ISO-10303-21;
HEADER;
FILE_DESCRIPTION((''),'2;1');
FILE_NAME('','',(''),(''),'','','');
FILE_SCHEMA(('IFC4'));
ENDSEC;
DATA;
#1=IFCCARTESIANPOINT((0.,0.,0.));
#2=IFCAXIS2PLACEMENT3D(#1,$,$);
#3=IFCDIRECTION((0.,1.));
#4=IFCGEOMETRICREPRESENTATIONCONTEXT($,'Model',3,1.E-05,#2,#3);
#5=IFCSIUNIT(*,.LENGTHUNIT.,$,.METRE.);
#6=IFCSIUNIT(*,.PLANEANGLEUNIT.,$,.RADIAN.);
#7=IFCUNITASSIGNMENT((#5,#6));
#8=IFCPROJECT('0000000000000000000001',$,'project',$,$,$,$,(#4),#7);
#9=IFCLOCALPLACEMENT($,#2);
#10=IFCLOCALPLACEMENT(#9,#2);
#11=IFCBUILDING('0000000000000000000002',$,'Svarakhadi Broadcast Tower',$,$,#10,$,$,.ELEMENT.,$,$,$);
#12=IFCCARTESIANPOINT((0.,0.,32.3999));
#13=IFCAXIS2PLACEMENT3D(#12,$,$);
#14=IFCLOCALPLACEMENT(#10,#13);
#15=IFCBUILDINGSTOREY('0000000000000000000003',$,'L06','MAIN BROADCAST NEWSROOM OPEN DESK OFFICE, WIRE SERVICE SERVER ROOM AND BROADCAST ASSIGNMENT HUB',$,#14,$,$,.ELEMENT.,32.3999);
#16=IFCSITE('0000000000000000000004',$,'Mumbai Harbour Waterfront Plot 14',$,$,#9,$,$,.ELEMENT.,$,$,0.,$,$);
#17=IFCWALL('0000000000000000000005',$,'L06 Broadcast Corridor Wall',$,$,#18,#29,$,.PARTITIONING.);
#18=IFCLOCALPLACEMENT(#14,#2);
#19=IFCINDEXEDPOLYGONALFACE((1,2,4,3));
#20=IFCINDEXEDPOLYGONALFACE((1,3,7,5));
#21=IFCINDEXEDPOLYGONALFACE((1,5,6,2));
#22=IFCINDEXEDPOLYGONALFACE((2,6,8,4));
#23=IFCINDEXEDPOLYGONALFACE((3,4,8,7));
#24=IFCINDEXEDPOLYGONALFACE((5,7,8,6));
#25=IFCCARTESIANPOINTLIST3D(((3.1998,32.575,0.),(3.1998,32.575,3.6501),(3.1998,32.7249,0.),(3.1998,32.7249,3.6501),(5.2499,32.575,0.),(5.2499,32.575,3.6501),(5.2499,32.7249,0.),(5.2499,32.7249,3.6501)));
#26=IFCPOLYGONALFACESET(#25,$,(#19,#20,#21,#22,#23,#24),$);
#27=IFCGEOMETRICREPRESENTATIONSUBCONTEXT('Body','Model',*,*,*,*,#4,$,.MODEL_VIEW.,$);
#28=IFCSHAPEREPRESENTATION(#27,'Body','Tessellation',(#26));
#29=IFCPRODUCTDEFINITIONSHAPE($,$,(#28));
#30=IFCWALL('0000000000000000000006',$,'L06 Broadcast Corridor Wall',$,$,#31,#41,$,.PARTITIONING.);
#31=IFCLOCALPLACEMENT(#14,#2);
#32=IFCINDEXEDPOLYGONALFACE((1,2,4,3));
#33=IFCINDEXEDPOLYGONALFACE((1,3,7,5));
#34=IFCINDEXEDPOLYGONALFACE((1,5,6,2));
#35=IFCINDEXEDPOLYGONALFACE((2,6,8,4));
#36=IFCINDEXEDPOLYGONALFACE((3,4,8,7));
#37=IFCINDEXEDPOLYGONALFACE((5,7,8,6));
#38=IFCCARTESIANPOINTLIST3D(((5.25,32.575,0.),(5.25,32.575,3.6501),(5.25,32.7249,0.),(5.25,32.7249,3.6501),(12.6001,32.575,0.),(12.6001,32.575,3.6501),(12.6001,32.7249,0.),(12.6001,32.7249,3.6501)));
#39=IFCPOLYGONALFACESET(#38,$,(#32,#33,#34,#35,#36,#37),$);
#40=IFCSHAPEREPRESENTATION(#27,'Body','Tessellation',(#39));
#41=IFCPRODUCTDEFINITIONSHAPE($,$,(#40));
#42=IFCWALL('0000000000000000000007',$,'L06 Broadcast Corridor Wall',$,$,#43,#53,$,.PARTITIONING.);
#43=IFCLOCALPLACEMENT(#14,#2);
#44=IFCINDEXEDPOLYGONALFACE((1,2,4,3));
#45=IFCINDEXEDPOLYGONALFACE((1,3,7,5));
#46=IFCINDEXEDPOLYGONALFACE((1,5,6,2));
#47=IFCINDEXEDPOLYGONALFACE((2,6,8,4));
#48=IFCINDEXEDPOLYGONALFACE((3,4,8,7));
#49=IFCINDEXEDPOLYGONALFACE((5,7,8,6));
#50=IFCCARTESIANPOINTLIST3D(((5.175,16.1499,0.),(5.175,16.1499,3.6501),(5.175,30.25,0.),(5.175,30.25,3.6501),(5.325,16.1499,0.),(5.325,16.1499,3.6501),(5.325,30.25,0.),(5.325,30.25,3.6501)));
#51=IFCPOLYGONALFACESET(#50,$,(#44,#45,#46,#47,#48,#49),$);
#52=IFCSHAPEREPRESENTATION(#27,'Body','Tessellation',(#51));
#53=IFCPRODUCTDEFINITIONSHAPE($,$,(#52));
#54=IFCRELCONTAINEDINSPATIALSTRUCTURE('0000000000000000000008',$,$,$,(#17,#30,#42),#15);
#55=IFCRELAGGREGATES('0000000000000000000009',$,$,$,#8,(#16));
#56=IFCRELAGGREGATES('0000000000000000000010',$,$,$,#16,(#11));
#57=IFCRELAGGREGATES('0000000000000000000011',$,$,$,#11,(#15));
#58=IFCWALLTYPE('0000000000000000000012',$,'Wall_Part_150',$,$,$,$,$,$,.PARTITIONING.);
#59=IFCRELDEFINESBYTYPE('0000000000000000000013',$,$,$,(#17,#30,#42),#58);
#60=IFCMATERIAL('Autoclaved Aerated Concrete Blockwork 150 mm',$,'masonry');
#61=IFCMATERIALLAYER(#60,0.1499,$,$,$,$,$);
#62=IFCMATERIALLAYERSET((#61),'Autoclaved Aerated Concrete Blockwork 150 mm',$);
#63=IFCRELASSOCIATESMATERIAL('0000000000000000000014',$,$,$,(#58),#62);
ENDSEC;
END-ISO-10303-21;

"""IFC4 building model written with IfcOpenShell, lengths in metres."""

from ifc_helpers import new_model, si_unit, direction, frame, frame_2d, origin, place, context, subcontext, project, spatial, rectangle, extrude, material, layer, layer_set, type_object, element, save


model = new_model("IFC4")

# Units and contexts
model_context = context("Model", 3, precision=1e-05, world=origin(), true_north=direction((0.0, 1.0)))
body_context = subcontext(model_context, "Body", "Model", "MODEL_VIEW")
ifc_project = project(units=[si_unit("LENGTHUNIT", "METRE"), si_unit("PLANEANGLEUNIT", "RADIAN")], contexts=[model_context])

# Site, building, storey
site_placement = place(None, origin())
site = spatial("IfcSite", under=ifc_project, at=site_placement, Name="Mumbai Harbour Waterfront Plot 14", CompositionType="ELEMENT", RefElevation=0.0)
building_placement = place(site_placement, origin())
building = spatial("IfcBuilding", under=site, at=building_placement, Name="Svarakhadi Broadcast Tower", CompositionType="ELEMENT")
storey_placement = place(building_placement, frame((0.0, 0.0, 32.3999)))
storey = spatial("IfcBuildingStorey", under=building, at=storey_placement, Name="L06", Description="MAIN BROADCAST NEWSROOM OPEN DESK OFFICE, WIRE SERVICE SERVER ROOM AND BROADCAST ASSIGNMENT HUB", CompositionType="ELEMENT", Elevation=32.3999)

# Walls
ifc_material_1 = material(Name="Autoclaved Aerated Concrete Blockwork 150 mm", Category="masonry")
ifc_layer_1 = layer(ifc_material_1, 0.1499)
ifc_layer_set_1 = layer_set([ifc_layer_1], Name="Autoclaved Aerated Concrete Blockwork 150 mm")
wall_type_1 = type_object("IfcWallType", Name="Wall_Part_150", PredefinedType="PARTITIONING", material=ifc_layer_set_1)
wall_1_placement = place(storey_placement, frame((3.2, 32.6499, 0.0), z_axis=(0.0, 0.0, 1.0), x_axis=(1.0, 0.0, 0.0)))
element("IfcWall", 1, at=wall_1_placement, inside=storey, type_object=wall_type_1, Name="L06 Broadcast Corridor Wall", PredefinedType="PARTITIONING", context=body_context, shape_type="SweptSolid", body=[
    extrude(rectangle(XDim=2.05, YDim=0.1499, at=frame_2d((1.0249, 0.0))), origin(), (0.0, 0.0, 1.0), 3.6501),
])
wall_2_placement = place(storey_placement, frame((5.25, 32.6499, 0.0), z_axis=(0.0, 0.0, 1.0), x_axis=(1.0, 0.0, 0.0)))
element("IfcWall", 2, at=wall_2_placement, inside=storey, type_object=wall_type_1, Name="L06 Broadcast Corridor Wall", PredefinedType="PARTITIONING", context=body_context, shape_type="SweptSolid", body=[
    extrude(rectangle(XDim=7.3501, YDim=0.1499, at=frame_2d((3.675, 0.0))), origin(), (0.0, 0.0, 1.0), 3.6501),
])
wall_3_placement = place(storey_placement, frame((5.25, 30.25, 0.0), z_axis=(0.0, 0.0, 1.0), x_axis=(0.0, -1.0, 0.0)))
element("IfcWall", 3, at=wall_3_placement, inside=storey, type_object=wall_type_1, Name="L06 Broadcast Corridor Wall", PredefinedType="PARTITIONING", context=body_context, shape_type="SweptSolid", body=[
    extrude(rectangle(XDim=14.1001, YDim=0.1499, at=frame_2d((7.05, 0.0))), origin(), (0.0, 0.0, 1.0), 3.6501),
])

save(model, "model.ifc")
